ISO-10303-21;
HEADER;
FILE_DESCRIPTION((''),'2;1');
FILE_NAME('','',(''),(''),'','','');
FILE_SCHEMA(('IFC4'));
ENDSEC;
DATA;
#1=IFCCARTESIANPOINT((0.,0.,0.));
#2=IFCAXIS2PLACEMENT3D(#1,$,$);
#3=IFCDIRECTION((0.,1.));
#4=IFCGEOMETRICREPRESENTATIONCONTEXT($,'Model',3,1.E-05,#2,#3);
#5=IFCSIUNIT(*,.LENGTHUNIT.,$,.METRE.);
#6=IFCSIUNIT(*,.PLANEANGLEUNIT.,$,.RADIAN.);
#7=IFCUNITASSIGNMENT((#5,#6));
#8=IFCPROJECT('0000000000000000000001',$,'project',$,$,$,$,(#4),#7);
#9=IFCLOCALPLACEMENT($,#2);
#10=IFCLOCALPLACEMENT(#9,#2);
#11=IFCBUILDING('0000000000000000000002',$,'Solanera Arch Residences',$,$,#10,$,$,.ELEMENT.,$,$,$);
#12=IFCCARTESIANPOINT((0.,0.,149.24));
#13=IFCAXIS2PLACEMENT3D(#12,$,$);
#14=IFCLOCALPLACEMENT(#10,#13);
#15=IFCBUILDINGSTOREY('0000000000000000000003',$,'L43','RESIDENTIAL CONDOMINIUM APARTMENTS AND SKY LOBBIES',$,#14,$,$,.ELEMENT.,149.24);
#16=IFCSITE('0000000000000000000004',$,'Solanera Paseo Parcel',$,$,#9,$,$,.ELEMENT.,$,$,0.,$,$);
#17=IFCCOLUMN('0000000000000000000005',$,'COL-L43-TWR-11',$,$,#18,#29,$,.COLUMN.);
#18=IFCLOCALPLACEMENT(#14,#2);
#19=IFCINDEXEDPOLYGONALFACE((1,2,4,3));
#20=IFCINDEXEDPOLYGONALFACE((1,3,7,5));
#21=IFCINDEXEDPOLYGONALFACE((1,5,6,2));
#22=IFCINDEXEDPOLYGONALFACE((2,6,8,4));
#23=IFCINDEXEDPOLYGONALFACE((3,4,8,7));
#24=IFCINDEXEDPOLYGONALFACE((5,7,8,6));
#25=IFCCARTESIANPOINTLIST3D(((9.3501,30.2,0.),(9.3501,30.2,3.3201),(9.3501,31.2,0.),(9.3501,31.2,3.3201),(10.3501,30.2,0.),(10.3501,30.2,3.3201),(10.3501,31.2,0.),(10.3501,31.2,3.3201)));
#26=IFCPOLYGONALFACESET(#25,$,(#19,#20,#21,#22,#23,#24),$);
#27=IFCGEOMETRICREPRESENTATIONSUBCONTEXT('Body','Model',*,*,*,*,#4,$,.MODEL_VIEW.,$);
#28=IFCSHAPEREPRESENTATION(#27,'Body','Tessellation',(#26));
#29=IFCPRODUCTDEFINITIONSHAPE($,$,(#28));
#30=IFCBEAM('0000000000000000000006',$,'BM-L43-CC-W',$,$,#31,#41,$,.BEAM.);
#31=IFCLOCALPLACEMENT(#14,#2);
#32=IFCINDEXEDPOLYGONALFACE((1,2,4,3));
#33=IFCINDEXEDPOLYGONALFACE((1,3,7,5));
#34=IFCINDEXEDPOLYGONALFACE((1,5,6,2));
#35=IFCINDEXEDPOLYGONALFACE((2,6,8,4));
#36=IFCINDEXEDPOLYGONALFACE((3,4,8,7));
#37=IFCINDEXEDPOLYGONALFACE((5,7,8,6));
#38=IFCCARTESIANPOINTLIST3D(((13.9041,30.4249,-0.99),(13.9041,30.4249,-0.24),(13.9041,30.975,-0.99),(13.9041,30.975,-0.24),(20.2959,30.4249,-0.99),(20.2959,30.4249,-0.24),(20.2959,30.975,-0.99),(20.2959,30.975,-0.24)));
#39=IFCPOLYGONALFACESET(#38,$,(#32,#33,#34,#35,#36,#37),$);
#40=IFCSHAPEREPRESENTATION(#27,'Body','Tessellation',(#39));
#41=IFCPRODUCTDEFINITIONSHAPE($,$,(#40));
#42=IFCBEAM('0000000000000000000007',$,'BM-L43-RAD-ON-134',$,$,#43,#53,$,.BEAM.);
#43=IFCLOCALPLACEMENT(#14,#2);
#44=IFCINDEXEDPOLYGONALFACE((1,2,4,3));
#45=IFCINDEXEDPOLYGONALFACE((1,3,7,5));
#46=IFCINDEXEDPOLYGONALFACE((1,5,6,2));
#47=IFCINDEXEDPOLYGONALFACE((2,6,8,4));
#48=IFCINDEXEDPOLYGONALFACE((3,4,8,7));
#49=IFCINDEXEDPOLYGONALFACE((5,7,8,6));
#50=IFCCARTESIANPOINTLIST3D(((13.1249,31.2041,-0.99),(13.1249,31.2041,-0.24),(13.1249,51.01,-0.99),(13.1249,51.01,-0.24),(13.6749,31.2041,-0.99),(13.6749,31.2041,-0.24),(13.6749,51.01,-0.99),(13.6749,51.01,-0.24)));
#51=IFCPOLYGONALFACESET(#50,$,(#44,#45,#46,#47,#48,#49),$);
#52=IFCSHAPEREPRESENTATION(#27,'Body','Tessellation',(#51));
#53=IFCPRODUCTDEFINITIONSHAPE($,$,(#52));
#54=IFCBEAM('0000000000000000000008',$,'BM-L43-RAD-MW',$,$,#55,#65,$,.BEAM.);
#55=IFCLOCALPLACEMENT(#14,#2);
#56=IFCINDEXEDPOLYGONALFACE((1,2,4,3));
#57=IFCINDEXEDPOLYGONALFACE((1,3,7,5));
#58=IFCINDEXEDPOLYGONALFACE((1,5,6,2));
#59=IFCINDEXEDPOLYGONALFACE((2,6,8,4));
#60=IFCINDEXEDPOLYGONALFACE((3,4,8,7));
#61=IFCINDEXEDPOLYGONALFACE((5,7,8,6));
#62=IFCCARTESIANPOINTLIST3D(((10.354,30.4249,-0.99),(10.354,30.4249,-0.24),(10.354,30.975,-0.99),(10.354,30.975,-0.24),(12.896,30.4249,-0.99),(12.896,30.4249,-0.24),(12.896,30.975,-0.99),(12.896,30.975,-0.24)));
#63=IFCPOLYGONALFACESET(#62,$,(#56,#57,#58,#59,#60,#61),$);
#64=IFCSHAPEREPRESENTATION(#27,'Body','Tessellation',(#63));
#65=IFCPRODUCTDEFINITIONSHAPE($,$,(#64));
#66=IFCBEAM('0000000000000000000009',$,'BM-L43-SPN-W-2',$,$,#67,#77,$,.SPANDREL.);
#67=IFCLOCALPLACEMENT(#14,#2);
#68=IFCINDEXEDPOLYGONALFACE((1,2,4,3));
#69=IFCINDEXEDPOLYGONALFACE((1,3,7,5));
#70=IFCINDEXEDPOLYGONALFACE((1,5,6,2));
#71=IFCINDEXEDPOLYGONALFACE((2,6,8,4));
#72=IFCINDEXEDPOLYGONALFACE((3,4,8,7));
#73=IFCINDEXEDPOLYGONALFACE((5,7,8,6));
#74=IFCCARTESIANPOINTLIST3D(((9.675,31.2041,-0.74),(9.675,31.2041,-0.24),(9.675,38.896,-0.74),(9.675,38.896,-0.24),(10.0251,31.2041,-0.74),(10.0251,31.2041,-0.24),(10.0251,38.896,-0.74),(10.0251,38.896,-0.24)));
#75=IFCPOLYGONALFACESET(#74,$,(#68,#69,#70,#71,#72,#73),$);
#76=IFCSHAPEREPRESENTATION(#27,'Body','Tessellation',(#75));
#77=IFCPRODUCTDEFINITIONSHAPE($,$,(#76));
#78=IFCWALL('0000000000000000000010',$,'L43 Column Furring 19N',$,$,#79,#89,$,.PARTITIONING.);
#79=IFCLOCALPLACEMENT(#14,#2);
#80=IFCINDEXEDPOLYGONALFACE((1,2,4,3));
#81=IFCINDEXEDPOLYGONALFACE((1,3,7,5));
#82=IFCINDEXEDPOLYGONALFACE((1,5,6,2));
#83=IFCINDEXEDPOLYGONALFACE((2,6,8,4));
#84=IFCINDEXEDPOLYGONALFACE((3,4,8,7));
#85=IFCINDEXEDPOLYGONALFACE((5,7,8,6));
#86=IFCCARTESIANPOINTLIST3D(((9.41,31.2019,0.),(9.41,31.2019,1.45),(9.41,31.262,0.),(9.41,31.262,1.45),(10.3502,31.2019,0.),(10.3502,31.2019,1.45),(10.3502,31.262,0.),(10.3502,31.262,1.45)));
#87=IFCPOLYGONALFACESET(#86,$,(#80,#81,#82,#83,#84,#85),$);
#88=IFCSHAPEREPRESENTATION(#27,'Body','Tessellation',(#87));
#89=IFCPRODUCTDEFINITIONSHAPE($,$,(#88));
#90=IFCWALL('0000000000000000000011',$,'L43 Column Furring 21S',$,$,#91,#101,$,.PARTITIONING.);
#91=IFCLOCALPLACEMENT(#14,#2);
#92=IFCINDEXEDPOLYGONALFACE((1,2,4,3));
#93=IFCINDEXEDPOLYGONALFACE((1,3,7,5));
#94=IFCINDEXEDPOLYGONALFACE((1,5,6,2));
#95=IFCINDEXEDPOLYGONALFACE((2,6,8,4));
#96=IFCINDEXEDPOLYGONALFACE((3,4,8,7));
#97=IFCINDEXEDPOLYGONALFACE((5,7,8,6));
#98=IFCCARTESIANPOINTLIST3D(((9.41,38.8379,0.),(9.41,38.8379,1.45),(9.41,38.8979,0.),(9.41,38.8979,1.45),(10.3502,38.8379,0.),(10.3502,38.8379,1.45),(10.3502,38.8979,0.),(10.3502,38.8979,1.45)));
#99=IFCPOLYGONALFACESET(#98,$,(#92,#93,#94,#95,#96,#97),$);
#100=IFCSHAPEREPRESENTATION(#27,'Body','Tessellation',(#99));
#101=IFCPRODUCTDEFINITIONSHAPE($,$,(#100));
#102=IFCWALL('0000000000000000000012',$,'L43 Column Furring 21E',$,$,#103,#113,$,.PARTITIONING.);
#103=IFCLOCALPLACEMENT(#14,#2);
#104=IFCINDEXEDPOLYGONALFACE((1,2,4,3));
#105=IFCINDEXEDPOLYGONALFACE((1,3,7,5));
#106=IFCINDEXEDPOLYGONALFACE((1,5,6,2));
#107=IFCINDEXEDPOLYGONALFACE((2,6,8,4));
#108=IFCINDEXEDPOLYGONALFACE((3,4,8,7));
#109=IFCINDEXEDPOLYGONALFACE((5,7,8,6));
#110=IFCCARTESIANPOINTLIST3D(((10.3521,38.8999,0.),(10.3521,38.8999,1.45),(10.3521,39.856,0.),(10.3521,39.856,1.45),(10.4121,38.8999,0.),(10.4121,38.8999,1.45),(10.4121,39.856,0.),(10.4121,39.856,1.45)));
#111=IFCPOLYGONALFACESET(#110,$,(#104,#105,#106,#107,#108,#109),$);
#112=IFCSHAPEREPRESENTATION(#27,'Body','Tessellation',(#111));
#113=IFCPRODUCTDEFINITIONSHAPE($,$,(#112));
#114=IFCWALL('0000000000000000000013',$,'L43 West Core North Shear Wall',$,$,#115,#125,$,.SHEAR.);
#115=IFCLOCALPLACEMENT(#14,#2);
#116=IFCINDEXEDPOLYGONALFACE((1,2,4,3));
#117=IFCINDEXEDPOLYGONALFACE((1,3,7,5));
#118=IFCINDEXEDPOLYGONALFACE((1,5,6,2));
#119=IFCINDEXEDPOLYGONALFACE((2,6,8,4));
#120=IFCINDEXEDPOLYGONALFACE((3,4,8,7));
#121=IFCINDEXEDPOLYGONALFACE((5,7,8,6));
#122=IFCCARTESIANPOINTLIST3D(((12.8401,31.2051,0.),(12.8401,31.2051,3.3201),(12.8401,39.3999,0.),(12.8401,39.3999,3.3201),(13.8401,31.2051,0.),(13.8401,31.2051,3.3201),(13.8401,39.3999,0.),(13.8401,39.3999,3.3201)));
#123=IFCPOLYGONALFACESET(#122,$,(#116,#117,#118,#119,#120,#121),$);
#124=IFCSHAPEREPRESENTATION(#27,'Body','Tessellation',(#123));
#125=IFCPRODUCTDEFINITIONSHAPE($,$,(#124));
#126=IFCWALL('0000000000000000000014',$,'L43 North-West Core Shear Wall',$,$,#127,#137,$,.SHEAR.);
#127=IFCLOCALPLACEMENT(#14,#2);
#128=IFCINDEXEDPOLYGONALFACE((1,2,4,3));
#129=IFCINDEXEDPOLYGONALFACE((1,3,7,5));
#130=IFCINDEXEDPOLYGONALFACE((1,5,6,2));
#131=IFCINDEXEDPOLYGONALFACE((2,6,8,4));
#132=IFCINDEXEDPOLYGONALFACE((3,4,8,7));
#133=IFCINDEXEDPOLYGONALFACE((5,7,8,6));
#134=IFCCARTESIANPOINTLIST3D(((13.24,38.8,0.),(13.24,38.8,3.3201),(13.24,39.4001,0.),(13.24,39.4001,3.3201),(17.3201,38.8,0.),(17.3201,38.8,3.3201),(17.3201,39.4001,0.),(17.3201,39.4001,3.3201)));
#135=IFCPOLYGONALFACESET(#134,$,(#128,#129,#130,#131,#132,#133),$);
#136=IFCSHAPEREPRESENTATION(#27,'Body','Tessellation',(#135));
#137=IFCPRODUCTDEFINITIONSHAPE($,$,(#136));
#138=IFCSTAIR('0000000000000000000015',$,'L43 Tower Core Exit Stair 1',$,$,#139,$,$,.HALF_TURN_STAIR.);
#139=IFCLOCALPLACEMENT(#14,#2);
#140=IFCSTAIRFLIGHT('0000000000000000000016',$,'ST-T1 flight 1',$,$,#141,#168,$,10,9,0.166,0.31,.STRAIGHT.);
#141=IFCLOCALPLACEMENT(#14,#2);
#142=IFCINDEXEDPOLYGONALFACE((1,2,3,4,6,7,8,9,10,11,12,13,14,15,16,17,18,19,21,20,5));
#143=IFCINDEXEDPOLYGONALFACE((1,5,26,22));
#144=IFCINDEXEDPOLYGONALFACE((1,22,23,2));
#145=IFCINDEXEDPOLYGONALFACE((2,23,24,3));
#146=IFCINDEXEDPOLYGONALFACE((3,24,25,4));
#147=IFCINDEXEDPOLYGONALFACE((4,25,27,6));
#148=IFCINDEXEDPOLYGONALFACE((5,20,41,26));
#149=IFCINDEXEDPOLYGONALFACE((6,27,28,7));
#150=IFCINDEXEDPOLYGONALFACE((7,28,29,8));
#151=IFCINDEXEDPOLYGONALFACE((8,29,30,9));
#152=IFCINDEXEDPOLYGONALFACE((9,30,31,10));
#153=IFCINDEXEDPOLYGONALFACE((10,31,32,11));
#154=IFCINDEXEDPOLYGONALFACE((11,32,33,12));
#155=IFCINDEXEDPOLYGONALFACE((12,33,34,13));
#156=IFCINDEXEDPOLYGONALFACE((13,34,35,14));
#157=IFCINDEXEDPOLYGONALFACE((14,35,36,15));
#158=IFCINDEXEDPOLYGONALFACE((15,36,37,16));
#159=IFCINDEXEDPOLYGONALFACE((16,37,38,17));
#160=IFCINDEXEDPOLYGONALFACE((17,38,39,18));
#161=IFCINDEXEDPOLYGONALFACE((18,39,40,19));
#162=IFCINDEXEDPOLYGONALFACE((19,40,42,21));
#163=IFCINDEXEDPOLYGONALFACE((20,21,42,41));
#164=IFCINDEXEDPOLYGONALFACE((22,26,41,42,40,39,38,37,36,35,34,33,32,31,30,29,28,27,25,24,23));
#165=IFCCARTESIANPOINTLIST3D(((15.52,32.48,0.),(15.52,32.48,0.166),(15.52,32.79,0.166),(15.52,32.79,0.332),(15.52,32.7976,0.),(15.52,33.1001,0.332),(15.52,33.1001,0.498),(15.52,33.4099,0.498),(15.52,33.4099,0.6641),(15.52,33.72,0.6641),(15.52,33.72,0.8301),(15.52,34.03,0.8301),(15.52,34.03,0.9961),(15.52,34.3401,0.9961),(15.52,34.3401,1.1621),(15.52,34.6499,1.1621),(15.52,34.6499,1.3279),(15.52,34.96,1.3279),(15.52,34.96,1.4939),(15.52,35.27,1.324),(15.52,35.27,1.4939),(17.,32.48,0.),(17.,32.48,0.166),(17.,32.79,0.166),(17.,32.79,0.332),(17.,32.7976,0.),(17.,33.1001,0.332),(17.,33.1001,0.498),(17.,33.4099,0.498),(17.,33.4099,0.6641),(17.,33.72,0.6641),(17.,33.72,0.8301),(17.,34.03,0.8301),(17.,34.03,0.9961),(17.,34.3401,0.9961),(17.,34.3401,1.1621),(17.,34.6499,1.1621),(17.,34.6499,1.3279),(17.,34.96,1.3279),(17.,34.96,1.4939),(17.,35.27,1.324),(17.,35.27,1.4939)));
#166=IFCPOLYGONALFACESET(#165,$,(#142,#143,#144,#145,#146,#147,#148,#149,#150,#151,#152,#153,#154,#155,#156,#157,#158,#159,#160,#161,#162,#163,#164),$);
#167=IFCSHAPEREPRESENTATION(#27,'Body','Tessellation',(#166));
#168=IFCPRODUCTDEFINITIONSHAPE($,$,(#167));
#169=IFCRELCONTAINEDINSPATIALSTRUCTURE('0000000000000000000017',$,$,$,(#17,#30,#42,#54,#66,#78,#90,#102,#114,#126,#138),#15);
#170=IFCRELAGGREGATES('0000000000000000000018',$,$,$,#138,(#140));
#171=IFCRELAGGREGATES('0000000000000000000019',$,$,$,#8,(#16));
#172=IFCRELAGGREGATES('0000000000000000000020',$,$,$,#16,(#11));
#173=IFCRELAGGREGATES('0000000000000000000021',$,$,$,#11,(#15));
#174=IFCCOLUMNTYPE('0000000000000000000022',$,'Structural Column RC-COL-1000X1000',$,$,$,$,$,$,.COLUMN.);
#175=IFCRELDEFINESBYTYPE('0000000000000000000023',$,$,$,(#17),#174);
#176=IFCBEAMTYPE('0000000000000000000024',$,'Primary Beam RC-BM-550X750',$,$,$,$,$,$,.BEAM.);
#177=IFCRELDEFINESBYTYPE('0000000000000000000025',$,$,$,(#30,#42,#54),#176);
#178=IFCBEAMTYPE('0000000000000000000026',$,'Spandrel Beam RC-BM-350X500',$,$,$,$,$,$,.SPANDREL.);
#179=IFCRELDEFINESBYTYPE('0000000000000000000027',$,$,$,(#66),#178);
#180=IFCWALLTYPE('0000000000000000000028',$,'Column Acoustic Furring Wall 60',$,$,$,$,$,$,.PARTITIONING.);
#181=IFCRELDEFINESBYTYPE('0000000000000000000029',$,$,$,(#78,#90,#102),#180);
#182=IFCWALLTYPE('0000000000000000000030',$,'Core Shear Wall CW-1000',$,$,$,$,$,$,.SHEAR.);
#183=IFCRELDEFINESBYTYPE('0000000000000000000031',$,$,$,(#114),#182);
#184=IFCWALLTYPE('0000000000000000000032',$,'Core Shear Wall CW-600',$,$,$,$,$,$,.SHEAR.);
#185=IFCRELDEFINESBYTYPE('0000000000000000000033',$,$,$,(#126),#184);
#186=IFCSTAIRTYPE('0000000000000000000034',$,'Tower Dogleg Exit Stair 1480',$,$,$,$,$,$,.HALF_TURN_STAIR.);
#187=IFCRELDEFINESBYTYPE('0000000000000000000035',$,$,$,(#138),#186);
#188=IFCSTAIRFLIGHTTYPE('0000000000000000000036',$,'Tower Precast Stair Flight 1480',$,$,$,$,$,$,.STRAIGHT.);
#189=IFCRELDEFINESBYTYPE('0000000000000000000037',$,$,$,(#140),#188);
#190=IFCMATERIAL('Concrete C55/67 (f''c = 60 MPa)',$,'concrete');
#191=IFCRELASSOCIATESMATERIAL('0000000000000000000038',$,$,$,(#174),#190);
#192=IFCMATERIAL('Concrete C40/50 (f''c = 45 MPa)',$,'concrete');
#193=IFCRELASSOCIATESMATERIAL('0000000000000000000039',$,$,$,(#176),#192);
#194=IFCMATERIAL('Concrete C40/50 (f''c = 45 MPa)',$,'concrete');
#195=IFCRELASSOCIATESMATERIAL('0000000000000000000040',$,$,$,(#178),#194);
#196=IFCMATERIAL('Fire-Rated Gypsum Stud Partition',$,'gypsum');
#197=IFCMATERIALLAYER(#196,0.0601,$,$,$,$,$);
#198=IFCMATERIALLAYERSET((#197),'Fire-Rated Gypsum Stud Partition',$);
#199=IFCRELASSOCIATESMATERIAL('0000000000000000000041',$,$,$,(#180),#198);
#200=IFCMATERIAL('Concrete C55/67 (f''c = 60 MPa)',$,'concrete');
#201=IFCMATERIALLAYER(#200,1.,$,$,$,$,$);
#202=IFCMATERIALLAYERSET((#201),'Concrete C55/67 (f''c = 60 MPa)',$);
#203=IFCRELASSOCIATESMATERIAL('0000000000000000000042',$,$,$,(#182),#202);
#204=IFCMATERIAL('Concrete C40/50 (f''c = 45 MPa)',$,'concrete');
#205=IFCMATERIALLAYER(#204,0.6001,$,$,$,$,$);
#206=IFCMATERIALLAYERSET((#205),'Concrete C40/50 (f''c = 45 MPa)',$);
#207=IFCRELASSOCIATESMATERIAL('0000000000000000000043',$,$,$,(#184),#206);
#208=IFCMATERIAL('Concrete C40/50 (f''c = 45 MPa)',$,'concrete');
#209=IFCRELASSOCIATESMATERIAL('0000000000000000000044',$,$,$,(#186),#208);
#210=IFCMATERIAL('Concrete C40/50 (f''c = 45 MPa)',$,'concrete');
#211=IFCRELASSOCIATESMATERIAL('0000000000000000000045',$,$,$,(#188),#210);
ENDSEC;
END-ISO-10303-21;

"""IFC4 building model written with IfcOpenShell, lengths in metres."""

from ifc_helpers import new_model, si_unit, direction, frame, frame_2d, origin, origin_2d, place, context, subcontext, project, spatial, polyline, rectangle, outline, extrude, material, layer, layer_set, material_profile, profile_set, type_object, element, aggregate, save


model = new_model("IFC4")

# Units and contexts
model_context = context("Model", 3, precision=1e-05, world=origin(), true_north=direction((0.0, 1.0)))
body_context = subcontext(model_context, "Body", "Model", "MODEL_VIEW")
ifc_project = project(units=[si_unit("LENGTHUNIT", "METRE"), si_unit("PLANEANGLEUNIT", "RADIAN")], contexts=[model_context])

# Site, building, storey
site_placement = place(None, origin())
site = spatial("IfcSite", under=ifc_project, at=site_placement, Name="Solanera Paseo Parcel", CompositionType="ELEMENT", RefElevation=0.0)
building_placement = place(site_placement, origin())
building = spatial("IfcBuilding", under=site, at=building_placement, Name="Solanera Arch Residences", CompositionType="ELEMENT")
storey_placement = place(building_placement, frame((0.0, 0.0, 149.24)))
storey = spatial("IfcBuildingStorey", under=building, at=storey_placement, Name="L43", Description="RESIDENTIAL CONDOMINIUM APARTMENTS AND SKY LOBBIES", CompositionType="ELEMENT", Elevation=149.24)

# Column
ifc_material_1 = material(Name="Concrete C55/67 (f'c = 60 MPa)", Category="concrete")
ifc_material_profile_1 = material_profile(ifc_material_1, rectangle(XDim=1.0, YDim=1.0, at=origin_2d()))
ifc_profile_set_1 = profile_set([ifc_material_profile_1], Name="Concrete C55/67 (f'c = 60 MPa)")
column_type = type_object("IfcColumnType", Name="Structural Column RC-COL-1000X1000", PredefinedType="COLUMN", material=ifc_profile_set_1)
column_placement = place(storey_placement, frame((9.8501, 30.7, 0.0), z_axis=(0.0, 0.0, 1.0), x_axis=(1.0, 0.0, 0.0)))
element("IfcColumn", 1, at=column_placement, inside=storey, type_object=column_type, Name="COL-L43-TWR-11", PredefinedType="COLUMN", context=body_context, shape_type="SweptSolid", body=[
    extrude(rectangle(XDim=1.0, YDim=1.0, at=origin_2d()), origin(), (0.0, 0.0, 1.0), 3.3201),
])

# Beams
ifc_material_2 = material(Name="Concrete C40/50 (f'c = 45 MPa)", Category="concrete")
ifc_material_profile_2 = material_profile(ifc_material_2, rectangle(XDim=0.55, YDim=0.75, at=origin_2d()))
ifc_profile_set_2 = profile_set([ifc_material_profile_2], Name="Concrete C40/50 (f'c = 45 MPa)")
beam_type_1 = type_object("IfcBeamType", Name="Primary Beam RC-BM-550X750", PredefinedType="BEAM", material=ifc_profile_set_2)
beam_1_placement = place(storey_placement, frame((13.9041, 30.7, -0.615), z_axis=(1.0, 0.0, 0.0), x_axis=(0.0, 1.0, 0.0)))
element("IfcBeam", 2, at=beam_1_placement, inside=storey, type_object=beam_type_1, Name="BM-L43-CC-W", PredefinedType="BEAM", context=body_context, shape_type="SweptSolid", body=[
    extrude(rectangle(XDim=0.55, YDim=0.75, at=origin_2d()), origin(), (0.0, 0.0, 1.0), 6.3918),
])
beam_2_placement = place(storey_placement, frame((13.3999, 31.2041, -0.615), z_axis=(0.0, 1.0, 0.0), x_axis=(-1.0, 0.0, 0.0)))
element("IfcBeam", 3, at=beam_2_placement, inside=storey, type_object=beam_type_1, Name="BM-L43-RAD-ON-134", PredefinedType="BEAM", context=body_context, shape_type="SweptSolid", body=[
    extrude(rectangle(XDim=0.55, YDim=0.75, at=origin_2d()), origin(), (0.0, 0.0, 1.0), 19.8059),
])
beam_3_placement = place(storey_placement, frame((10.354, 30.7, -0.615), z_axis=(1.0, 0.0, 0.0), x_axis=(0.0, 1.0, 0.0)))
element("IfcBeam", 4, at=beam_3_placement, inside=storey, type_object=beam_type_1, Name="BM-L43-RAD-MW", PredefinedType="BEAM", context=body_context, shape_type="SweptSolid", body=[
    extrude(rectangle(XDim=0.55, YDim=0.75, at=origin_2d()), origin(), (0.0, 0.0, 1.0), 2.542),
])
ifc_material_3 = material(Name="Concrete C40/50 (f'c = 45 MPa)", Category="concrete")
ifc_material_profile_3 = material_profile(ifc_material_3, rectangle(XDim=0.3501, YDim=0.5, at=origin_2d()))
ifc_profile_set_3 = profile_set([ifc_material_profile_3], Name="Concrete C40/50 (f'c = 45 MPa)")
beam_type_2 = type_object("IfcBeamType", Name="Spandrel Beam RC-BM-350X500", PredefinedType="SPANDREL", material=ifc_profile_set_3)
beam_4_placement = place(storey_placement, frame((9.8501, 31.2041, -0.49), z_axis=(0.0, 1.0, 0.0), x_axis=(-1.0, 0.0, 0.0)))
element("IfcBeam", 5, at=beam_4_placement, inside=storey, type_object=beam_type_2, Name="BM-L43-SPN-W-2", PredefinedType="SPANDREL", context=body_context, shape_type="SweptSolid", body=[
    extrude(rectangle(XDim=0.3501, YDim=0.5, at=origin_2d()), origin(), (0.0, 0.0, 1.0), 7.6919),
])

# Walls
ifc_material_4 = material(Name="Fire-Rated Gypsum Stud Partition", Category="gypsum")
ifc_layer_1 = layer(ifc_material_4, 0.0601)
ifc_layer_set_1 = layer_set([ifc_layer_1], Name="Fire-Rated Gypsum Stud Partition")
wall_type_1 = type_object("IfcWallType", Name="Column Acoustic Furring Wall 60", PredefinedType="PARTITIONING", material=ifc_layer_set_1)
for number, where, z_axis, x_axis, name in (
    (6, (9.4099, 31.2319, 0.0), (0.0, 0.0, 1.0), (1.0, 0.0, 0.0), "L43 Column Furring 19N"),
    (7, (9.4099, 38.8679, 0.0), (0.0, 0.0, 1.0), (1.0, 0.0, 0.0), "L43 Column Furring 21S"),
):
    element("IfcWall", number, at=place(storey_placement, frame(where, z_axis=z_axis, x_axis=x_axis)), inside=storey, type_object=wall_type_1, Name=name, PredefinedType="PARTITIONING", context=body_context, shape_type="SweptSolid", body=[
        extrude(rectangle(XDim=0.9402, YDim=0.0601, at=frame_2d((0.4702, 0.0))), origin(), (0.0, 0.0, 1.0), 1.45),
    ])
wall_1_placement = place(storey_placement, frame((10.3821, 38.8999, 0.0), z_axis=(0.0, 0.0, 1.0), x_axis=(0.0, 1.0, 0.0)))
element("IfcWall", 8, at=wall_1_placement, inside=storey, type_object=wall_type_1, Name="L43 Column Furring 21E", PredefinedType="PARTITIONING", context=body_context, shape_type="SweptSolid", body=[
    extrude(rectangle(XDim=0.9561, YDim=0.0601, at=frame_2d((0.478, 0.0))), origin(), (0.0, 0.0, 1.0), 1.45),
])
ifc_material_5 = material(Name="Concrete C55/67 (f'c = 60 MPa)", Category="concrete")
ifc_layer_2 = layer(ifc_material_5, 1.0)
ifc_layer_set_2 = layer_set([ifc_layer_2], Name="Concrete C55/67 (f'c = 60 MPa)")
wall_type_2 = type_object("IfcWallType", Name="Core Shear Wall CW-1000", PredefinedType="SHEAR", material=ifc_layer_set_2)
wall_2_placement = place(storey_placement, frame((13.3401, 31.2051, 0.0), z_axis=(0.0, 0.0, 1.0), x_axis=(0.0, 1.0, 0.0)))
element("IfcWall", 9, at=wall_2_placement, inside=storey, type_object=wall_type_2, Name="L43 West Core North Shear Wall", PredefinedType="SHEAR", context=body_context, shape_type="SweptSolid", body=[
    extrude(rectangle(XDim=8.1948, YDim=1.0, at=frame_2d((4.0974, 0.0))), origin(), (0.0, 0.0, 1.0), 3.3201),
])
ifc_material_6 = material(Name="Concrete C40/50 (f'c = 45 MPa)", Category="concrete")
ifc_layer_3 = layer(ifc_material_6, 0.6001)
ifc_layer_set_3 = layer_set([ifc_layer_3], Name="Concrete C40/50 (f'c = 45 MPa)")
wall_type_3 = type_object("IfcWallType", Name="Core Shear Wall CW-600", PredefinedType="SHEAR", material=ifc_layer_set_3)
wall_3_placement = place(storey_placement, frame((13.24, 39.1001, 0.0), z_axis=(0.0, 0.0, 1.0), x_axis=(1.0, 0.0, 0.0)))
element("IfcWall", 10, at=wall_3_placement, inside=storey, type_object=wall_type_3, Name="L43 North-West Core Shear Wall", PredefinedType="SHEAR", context=body_context, shape_type="SweptSolid", body=[
    extrude(rectangle(XDim=4.0801, YDim=0.6001, at=frame_2d((2.04, 0.0))), origin(), (0.0, 0.0, 1.0), 3.3201),
])

# Stair, stair flight
ifc_material_7 = material(Name="Concrete C40/50 (f'c = 45 MPa)", Category="concrete")
stair_type = type_object("IfcStairType", Name="Tower Dogleg Exit Stair 1480", PredefinedType="HALF_TURN_STAIR", material=ifc_material_7)
stair_placement = place(storey_placement, origin())
stair = element("IfcStair", 11, at=stair_placement, inside=storey, type_object=stair_type, Name="L43 Tower Core Exit Stair 1", PredefinedType="HALF_TURN_STAIR")
ifc_material_8 = material(Name="Concrete C40/50 (f'c = 45 MPa)", Category="concrete")
stair_flight_type = type_object("IfcStairFlightType", Name="Tower Precast Stair Flight 1480", PredefinedType="STRAIGHT", material=ifc_material_8)
stair_flight_1_placement = place(storey_placement, frame((16.26, 32.48, 0.0), z_axis=(0.0, 0.0, 1.0), x_axis=(0.0, 1.0, 0.0)))
stair_flight_1 = element("IfcStairFlight", 12, at=stair_flight_1_placement, type_object=stair_flight_type, Name="ST-T1 flight 1", NumberOfRisers=10, NumberOfTreads=9, PredefinedType="STRAIGHT", RiserHeight=0.166, TreadLength=0.31, context=body_context, shape_type="SweptSolid", body=[
    extrude(outline(polyline([(0.0, 0.0), (0.0, 0.166), (0.3101, 0.166), (0.3101, 0.332), (0.6201, 0.332), (0.6201, 0.498), (0.9299, 0.498), (0.9299, 0.6641), (1.24, 0.6641), (1.24, 0.8301), (1.55, 0.8301), (1.55, 0.9961), (1.8601, 0.9961), (1.8601, 1.1621), (2.1699, 1.1621), (2.1699, 1.3279), (2.48, 1.3279), (2.48, 1.4939), (2.79, 1.4939), (2.79, 1.6599), (2.79, 1.324), (0.3176, 0.0), (0.0, 0.0)])), frame((0.0, 0.74, 0.0), z_axis=(0.0, -1.0, 0.0), x_axis=(1.0, 0.0, 0.0)), (0.0, 0.0, 1.0), 1.48),
])
aggregate(stair, [stair_flight_1])

save(model, "model.ifc")
